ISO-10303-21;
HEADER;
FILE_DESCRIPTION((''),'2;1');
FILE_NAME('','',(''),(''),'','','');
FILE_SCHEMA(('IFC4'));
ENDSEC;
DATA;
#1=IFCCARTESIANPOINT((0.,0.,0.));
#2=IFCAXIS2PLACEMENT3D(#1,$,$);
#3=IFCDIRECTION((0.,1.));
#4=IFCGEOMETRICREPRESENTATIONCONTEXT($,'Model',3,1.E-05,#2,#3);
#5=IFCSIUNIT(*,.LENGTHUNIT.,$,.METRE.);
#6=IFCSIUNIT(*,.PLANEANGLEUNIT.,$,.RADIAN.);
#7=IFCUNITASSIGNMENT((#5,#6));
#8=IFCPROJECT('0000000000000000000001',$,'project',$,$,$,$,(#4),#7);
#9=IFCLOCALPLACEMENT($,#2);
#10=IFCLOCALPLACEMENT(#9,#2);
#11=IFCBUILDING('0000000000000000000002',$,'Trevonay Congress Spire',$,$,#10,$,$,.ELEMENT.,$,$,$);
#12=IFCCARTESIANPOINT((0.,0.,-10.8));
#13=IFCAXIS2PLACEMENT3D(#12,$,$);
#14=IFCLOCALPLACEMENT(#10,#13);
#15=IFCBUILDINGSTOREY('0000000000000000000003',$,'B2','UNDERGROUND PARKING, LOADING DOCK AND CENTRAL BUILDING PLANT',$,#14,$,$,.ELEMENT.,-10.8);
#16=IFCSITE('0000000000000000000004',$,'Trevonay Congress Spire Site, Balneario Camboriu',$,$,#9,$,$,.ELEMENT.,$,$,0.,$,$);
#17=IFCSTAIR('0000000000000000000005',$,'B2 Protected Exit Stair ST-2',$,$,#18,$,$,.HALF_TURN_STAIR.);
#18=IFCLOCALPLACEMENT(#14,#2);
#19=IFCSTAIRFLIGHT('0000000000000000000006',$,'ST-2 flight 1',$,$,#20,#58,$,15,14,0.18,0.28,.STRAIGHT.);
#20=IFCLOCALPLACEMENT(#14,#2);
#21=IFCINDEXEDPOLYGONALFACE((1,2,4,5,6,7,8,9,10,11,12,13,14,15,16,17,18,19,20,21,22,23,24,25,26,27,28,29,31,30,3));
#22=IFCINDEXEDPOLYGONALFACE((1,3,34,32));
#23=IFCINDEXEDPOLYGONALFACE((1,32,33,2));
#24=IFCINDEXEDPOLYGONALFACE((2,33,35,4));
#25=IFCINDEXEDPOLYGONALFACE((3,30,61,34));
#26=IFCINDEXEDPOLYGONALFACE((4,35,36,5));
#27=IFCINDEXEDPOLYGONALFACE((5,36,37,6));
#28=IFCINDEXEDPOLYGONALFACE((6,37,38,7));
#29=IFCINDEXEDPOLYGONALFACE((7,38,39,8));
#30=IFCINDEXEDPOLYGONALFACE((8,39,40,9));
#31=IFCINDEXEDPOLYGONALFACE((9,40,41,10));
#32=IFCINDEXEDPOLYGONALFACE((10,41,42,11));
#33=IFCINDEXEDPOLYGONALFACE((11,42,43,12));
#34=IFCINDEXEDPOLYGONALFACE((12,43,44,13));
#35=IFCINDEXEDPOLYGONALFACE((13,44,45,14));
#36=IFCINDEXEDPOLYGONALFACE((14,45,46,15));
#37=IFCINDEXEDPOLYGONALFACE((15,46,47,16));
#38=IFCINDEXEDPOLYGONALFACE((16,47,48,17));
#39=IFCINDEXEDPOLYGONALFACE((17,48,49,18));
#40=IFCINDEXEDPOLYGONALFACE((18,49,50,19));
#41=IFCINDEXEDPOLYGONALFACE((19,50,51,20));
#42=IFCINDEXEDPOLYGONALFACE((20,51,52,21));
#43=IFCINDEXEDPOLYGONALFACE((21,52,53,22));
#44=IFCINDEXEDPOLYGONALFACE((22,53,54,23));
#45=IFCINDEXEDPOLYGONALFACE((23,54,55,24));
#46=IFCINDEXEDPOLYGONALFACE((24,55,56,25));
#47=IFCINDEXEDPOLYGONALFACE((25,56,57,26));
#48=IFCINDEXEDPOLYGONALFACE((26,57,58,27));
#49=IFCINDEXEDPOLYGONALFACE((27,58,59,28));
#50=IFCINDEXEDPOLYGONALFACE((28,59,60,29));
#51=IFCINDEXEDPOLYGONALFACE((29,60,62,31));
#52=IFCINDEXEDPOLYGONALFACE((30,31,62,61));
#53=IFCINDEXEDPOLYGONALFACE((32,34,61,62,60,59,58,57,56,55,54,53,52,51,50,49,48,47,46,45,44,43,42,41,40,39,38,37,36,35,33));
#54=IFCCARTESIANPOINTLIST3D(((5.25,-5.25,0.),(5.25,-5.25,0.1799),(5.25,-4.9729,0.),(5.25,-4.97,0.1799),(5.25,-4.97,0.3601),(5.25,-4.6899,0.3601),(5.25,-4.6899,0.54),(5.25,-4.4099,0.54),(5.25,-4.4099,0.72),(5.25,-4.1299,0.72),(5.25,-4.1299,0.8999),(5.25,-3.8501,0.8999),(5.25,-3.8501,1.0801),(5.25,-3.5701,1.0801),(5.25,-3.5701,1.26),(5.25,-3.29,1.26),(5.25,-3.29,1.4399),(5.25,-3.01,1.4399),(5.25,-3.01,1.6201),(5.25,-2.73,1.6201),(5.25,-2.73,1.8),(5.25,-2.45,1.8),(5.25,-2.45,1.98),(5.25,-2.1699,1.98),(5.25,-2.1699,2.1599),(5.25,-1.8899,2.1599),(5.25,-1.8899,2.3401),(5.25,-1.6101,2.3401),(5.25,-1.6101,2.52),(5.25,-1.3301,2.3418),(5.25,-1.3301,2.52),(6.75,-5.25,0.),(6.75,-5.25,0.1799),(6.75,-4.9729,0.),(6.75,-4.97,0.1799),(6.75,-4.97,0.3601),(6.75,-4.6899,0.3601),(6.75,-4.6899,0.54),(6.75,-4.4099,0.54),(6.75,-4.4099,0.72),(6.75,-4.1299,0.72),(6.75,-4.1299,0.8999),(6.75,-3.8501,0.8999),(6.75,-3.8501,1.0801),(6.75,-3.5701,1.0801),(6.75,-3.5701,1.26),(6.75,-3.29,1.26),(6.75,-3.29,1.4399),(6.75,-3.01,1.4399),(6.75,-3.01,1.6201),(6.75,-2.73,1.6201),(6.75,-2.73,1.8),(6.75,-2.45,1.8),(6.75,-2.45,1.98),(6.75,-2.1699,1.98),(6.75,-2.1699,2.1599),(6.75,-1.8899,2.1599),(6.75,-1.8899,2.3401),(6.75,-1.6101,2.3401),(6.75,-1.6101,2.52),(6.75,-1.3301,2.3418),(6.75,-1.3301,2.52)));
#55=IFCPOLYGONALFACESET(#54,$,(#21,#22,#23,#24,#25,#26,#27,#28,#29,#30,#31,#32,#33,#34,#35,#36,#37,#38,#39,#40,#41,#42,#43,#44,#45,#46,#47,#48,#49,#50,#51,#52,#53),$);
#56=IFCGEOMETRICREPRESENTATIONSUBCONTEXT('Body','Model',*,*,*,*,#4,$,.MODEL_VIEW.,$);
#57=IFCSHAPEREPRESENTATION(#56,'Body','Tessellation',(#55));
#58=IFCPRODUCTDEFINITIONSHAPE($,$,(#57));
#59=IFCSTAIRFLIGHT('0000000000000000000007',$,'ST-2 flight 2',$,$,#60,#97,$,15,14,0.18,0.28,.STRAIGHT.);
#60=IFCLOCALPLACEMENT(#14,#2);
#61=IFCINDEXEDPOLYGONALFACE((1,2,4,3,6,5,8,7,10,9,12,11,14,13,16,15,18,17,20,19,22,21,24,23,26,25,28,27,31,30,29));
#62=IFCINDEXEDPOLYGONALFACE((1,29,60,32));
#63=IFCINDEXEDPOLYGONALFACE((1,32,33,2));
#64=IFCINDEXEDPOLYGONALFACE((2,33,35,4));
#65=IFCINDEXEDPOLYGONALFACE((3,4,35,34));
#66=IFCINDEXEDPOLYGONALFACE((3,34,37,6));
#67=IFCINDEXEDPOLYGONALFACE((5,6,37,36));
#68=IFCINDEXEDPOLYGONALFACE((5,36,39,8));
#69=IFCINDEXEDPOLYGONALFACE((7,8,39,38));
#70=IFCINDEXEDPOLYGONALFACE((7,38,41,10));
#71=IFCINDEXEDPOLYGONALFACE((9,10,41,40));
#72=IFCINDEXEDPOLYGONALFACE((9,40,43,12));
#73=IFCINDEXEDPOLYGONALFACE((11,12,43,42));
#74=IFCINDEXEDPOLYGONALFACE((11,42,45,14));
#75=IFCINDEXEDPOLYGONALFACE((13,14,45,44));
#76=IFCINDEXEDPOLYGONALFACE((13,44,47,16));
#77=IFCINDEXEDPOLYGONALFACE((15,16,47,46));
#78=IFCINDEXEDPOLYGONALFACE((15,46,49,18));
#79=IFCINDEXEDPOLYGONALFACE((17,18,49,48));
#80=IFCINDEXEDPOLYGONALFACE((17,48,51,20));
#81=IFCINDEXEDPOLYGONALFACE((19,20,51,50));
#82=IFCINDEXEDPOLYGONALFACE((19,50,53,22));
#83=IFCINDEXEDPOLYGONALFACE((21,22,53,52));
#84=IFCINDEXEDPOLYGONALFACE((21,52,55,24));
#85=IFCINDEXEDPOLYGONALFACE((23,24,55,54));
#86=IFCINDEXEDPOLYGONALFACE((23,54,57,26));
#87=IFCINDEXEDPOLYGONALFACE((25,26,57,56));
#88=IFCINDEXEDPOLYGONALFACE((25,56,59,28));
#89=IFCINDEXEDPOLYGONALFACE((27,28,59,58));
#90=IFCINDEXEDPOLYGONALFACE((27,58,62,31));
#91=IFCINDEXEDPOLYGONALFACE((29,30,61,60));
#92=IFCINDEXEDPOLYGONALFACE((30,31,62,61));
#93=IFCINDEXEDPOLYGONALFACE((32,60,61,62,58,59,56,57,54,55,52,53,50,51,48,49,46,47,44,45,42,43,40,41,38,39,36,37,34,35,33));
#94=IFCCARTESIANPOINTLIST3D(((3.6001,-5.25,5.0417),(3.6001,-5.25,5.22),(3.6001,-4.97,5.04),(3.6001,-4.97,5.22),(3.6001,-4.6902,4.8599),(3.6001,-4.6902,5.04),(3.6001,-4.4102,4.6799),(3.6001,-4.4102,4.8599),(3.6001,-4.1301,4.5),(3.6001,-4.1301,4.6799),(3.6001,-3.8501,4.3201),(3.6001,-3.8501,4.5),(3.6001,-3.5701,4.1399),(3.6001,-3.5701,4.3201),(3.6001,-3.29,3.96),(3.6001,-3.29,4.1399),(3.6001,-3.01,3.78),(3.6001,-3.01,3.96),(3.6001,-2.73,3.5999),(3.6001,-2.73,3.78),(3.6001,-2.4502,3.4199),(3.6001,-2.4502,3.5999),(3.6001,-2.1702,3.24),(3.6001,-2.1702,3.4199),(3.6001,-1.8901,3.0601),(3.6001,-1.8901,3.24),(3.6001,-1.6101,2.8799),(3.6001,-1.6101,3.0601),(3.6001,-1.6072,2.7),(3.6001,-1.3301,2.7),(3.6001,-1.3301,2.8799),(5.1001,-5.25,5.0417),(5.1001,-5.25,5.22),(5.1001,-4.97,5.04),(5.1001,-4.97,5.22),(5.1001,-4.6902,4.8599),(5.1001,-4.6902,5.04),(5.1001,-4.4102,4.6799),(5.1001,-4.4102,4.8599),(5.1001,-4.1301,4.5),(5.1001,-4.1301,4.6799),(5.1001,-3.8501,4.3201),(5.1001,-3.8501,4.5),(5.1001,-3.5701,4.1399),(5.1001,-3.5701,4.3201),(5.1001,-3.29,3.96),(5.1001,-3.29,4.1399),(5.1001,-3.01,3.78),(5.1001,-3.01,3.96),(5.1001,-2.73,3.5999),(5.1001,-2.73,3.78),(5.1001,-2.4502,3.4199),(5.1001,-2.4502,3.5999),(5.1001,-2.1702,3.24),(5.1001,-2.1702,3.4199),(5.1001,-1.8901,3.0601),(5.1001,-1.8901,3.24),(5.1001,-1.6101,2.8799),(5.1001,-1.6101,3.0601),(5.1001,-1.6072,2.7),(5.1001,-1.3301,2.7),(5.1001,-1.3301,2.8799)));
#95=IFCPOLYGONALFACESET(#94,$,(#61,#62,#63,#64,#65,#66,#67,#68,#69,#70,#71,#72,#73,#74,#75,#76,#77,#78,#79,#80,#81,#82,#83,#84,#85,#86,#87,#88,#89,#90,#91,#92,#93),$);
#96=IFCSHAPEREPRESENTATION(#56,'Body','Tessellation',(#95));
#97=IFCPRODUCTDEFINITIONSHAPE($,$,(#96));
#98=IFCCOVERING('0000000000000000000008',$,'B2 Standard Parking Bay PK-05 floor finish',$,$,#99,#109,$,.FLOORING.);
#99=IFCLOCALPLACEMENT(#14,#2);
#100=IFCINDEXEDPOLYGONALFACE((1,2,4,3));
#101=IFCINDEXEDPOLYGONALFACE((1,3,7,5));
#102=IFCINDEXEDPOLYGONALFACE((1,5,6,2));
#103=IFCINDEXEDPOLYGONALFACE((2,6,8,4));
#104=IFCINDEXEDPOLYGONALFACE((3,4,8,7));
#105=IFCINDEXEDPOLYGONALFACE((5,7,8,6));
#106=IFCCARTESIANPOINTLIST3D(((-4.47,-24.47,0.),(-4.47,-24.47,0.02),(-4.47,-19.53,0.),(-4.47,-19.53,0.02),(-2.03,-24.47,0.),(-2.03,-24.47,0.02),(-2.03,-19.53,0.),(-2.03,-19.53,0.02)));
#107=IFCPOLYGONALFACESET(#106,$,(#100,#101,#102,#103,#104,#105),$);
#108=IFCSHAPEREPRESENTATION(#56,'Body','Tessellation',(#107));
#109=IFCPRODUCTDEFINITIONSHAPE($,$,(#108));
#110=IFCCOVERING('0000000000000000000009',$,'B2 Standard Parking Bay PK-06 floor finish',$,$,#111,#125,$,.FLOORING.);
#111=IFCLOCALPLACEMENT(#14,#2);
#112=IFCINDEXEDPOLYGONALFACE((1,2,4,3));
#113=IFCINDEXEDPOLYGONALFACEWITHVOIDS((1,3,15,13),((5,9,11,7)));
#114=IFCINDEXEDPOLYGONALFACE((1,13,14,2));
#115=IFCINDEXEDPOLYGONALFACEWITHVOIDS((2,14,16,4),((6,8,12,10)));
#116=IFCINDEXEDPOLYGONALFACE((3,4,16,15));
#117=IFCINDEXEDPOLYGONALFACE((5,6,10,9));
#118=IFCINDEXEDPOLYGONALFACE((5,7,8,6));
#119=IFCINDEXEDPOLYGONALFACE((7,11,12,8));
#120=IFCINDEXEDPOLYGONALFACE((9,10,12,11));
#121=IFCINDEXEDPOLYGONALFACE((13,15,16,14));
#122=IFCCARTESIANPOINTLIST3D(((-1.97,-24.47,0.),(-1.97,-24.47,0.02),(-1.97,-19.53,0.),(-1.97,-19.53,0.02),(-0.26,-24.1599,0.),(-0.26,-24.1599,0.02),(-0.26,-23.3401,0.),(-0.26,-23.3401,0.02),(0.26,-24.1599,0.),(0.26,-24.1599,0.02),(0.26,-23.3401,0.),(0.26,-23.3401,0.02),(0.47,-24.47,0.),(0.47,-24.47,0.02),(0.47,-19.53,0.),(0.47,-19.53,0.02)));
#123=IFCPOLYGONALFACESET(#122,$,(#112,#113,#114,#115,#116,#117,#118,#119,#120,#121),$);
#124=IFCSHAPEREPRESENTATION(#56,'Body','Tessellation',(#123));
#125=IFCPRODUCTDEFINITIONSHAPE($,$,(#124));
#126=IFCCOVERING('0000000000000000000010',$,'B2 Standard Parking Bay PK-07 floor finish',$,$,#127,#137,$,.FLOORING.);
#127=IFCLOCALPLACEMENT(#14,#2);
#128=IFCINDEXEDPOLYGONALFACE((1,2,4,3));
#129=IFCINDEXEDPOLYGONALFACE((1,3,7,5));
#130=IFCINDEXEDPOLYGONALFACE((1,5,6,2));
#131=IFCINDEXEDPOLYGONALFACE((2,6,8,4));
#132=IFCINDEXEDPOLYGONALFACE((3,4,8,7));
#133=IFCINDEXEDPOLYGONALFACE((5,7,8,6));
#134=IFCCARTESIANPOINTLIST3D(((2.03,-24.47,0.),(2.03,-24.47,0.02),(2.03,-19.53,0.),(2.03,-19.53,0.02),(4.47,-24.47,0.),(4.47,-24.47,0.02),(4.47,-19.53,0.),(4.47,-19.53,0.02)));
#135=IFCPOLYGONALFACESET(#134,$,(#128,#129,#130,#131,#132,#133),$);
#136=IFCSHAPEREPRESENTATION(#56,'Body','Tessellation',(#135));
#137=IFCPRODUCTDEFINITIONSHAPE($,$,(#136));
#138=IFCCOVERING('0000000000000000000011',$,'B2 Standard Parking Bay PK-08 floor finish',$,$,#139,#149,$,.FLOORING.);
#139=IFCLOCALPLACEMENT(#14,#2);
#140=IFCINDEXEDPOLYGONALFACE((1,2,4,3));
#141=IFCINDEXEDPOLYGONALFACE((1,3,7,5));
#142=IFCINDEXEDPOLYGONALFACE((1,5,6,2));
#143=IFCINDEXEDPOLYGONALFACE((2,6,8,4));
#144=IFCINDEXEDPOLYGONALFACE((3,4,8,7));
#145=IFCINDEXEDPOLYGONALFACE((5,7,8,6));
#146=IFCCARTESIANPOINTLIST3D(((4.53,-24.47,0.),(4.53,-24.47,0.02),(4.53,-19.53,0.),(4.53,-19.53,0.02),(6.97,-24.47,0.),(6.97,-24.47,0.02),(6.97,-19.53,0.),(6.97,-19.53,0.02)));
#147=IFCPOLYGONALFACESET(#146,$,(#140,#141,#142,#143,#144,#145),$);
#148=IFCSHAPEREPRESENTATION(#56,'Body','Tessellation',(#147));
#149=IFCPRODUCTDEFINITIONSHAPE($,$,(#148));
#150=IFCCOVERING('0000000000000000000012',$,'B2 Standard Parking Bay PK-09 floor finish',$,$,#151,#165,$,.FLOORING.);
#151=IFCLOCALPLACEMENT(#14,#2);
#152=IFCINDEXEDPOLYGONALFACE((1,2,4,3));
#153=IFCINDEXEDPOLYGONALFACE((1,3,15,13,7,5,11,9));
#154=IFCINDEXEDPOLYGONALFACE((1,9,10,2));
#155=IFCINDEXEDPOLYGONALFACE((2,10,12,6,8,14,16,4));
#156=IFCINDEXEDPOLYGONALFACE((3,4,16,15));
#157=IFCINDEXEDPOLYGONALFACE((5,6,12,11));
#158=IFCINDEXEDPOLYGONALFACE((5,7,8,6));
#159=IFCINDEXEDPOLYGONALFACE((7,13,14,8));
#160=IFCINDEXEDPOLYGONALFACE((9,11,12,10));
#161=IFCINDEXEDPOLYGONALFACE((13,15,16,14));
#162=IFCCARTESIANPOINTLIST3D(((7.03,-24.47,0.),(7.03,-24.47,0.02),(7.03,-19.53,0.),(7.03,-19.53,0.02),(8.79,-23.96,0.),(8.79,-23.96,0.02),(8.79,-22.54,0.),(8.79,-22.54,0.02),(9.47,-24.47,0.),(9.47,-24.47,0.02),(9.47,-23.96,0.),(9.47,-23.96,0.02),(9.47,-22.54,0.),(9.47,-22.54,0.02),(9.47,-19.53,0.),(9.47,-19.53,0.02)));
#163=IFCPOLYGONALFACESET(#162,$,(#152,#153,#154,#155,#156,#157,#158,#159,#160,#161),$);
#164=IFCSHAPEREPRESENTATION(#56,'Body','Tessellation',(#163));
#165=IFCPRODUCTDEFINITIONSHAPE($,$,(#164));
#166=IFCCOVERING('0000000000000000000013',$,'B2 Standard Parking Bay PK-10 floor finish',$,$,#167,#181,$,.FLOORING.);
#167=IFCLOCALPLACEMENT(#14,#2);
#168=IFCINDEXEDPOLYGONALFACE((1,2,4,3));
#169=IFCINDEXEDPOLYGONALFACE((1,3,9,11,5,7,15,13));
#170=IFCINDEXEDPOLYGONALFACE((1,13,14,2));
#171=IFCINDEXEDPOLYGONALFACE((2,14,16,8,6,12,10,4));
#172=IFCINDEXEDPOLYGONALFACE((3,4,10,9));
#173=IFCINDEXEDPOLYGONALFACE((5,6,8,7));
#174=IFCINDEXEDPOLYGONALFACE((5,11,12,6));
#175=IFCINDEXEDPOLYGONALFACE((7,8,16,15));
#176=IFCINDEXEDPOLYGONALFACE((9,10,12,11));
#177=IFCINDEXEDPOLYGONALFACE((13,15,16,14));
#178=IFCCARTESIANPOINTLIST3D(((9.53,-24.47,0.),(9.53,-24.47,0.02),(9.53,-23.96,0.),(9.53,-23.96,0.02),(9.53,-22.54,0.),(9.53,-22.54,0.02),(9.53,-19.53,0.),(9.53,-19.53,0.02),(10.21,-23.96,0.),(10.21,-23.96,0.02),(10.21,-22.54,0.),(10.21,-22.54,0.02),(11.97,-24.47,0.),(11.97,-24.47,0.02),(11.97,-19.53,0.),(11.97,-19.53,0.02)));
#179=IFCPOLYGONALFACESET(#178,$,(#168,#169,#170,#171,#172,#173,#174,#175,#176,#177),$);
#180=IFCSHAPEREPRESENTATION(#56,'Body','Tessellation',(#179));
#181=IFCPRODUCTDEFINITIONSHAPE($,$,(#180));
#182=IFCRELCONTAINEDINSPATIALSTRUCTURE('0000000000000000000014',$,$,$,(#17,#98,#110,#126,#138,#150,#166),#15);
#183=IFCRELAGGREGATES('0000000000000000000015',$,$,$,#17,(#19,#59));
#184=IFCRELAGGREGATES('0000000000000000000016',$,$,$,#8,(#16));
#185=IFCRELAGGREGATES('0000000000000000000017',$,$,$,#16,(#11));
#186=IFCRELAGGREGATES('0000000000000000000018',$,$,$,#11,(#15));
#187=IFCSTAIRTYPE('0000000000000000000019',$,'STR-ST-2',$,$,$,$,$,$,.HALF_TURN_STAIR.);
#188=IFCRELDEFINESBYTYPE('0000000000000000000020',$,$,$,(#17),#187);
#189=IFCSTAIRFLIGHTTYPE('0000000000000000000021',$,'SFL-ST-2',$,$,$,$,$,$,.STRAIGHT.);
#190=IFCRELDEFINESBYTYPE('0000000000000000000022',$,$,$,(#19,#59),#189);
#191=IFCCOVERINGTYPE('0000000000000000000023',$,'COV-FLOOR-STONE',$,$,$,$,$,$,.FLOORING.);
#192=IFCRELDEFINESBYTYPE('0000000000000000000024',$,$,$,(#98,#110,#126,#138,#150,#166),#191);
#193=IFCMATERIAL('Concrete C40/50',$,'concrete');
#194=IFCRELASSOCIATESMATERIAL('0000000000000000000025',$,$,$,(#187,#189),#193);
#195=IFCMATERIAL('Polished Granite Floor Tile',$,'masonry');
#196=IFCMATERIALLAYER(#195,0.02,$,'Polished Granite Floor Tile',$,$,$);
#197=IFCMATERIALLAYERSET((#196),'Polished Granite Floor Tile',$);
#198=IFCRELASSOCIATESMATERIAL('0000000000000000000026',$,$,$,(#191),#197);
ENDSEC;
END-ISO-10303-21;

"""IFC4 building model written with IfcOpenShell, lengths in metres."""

from ifc_helpers import new_model, si_unit, direction, frame, origin, place, context, subcontext, project, spatial, polyline, outline, extrude, material, layer, layer_set, type_object, element, aggregate, save


model = new_model("IFC4")

# Units and contexts
model_context = context("Model", 3, precision=1e-05, world=origin(), true_north=direction((0.0, 1.0)))
body_context = subcontext(model_context, "Body", "Model", "MODEL_VIEW")
ifc_project = project(units=[si_unit("LENGTHUNIT", "METRE"), si_unit("PLANEANGLEUNIT", "RADIAN")], contexts=[model_context])

# Site, building, storey
site_placement = place(None, origin())
site = spatial("IfcSite", under=ifc_project, at=site_placement, Name="Trevonay Congress Spire Site, Balneario Camboriu", CompositionType="ELEMENT", RefElevation=0.0)
building_placement = place(site_placement, origin())
building = spatial("IfcBuilding", under=site, at=building_placement, Name="Trevonay Congress Spire", CompositionType="ELEMENT")
storey_placement = place(building_placement, frame((0.0, 0.0, -10.8)))
storey = spatial("IfcBuildingStorey", under=building, at=storey_placement, Name="B2", Description="UNDERGROUND PARKING, LOADING DOCK AND CENTRAL BUILDING PLANT", CompositionType="ELEMENT", Elevation=-10.8)

# Shared definitions
ifc_material_1 = material(Name="Concrete C40/50", Category="concrete")

# Stair, stair flights
stair_type = type_object("IfcStairType", Name="STR-ST-2", PredefinedType="HALF_TURN_STAIR", material=ifc_material_1)
stair_placement = place(storey_placement, origin())
stair = element("IfcStair", 1, at=stair_placement, inside=storey, type_object=stair_type, Name="B2 Protected Exit Stair ST-2", PredefinedType="HALF_TURN_STAIR")
stair_flight_type = type_object("IfcStairFlightType", Name="SFL-ST-2", PredefinedType="STRAIGHT", material=ifc_material_1)
stair_flight_1_placement = place(storey_placement, frame((6.0, -5.25, 0.0), z_axis=(0.0, 0.0, 1.0), x_axis=(0.0, 1.0, 0.0)))
stair_flight_1 = element("IfcStairFlight", 2, at=stair_flight_1_placement, type_object=stair_flight_type, Name="ST-2 flight 1", NumberOfRisers=15, NumberOfTreads=14, PredefinedType="STRAIGHT", RiserHeight=0.18, TreadLength=0.28, context=body_context, shape_type="SweptSolid", body=[
    extrude(outline(polyline([(0.0, 0.0), (0.0, 0.1799), (0.28, 0.1799), (0.28, 0.3601), (0.5601, 0.3601), (0.5601, 0.54), (0.8401, 0.54), (0.8401, 0.72), (1.1201, 0.72), (1.1201, 0.8999), (1.3999, 0.8999), (1.3999, 1.0801), (1.6799, 1.0801), (1.6799, 1.26), (1.96, 1.26), (1.96, 1.4399), (2.24, 1.4399), (2.24, 1.6201), (2.52, 1.6201), (2.52, 1.8), (2.8, 1.8), (2.8, 1.98), (3.0801, 1.98), (3.0801, 2.1599), (3.3601, 2.1599), (3.3601, 2.3401), (3.6399, 2.3401), (3.6399, 2.52), (3.9199, 2.52), (3.9199, 2.7), (3.9199, 2.3418), (0.2771, 0.0), (0.0, 0.0)])), frame((0.0, 0.75, 0.0), z_axis=(0.0, -1.0, 0.0), x_axis=(1.0, 0.0, 0.0)), (0.0, 0.0, 1.0), 1.5),
])
stair_flight_2_placement = place(storey_placement, frame((4.3501, -1.3301, 2.7), z_axis=(0.0, 0.0, 1.0), x_axis=(0.0, -1.0, 0.0)))
stair_flight_2 = element("IfcStairFlight", 3, at=stair_flight_2_placement, type_object=stair_flight_type, Name="ST-2 flight 2", NumberOfRisers=15, NumberOfTreads=14, PredefinedType="STRAIGHT", RiserHeight=0.18, TreadLength=0.28, context=body_context, shape_type="SweptSolid", body=[
    extrude(outline(polyline([(0.0, 0.0), (0.0, 0.1799), (0.28, 0.1799), (0.28, 0.3601), (0.5601, 0.3601), (0.5601, 0.54), (0.8401, 0.54), (0.8401, 0.72), (1.1201, 0.72), (1.1201, 0.8999), (1.3999, 0.8999), (1.3999, 1.0801), (1.6799, 1.0801), (1.6799, 1.26), (1.96, 1.26), (1.96, 1.4399), (2.24, 1.4399), (2.24, 1.6201), (2.52, 1.6201), (2.52, 1.8), (2.8, 1.8), (2.8, 1.98), (3.0801, 1.98), (3.0801, 2.1599), (3.3601, 2.1599), (3.3601, 2.3401), (3.6399, 2.3401), (3.6399, 2.52), (3.9199, 2.52), (3.9199, 2.7), (3.9199, 2.3418), (0.2771, 0.0), (0.0, 0.0)])), frame((0.0, 0.75, 0.0), z_axis=(0.0, -1.0, 0.0), x_axis=(1.0, 0.0, 0.0)), (0.0, 0.0, 1.0), 1.5),
])
aggregate(stair, [stair_flight_1, stair_flight_2])

# Coverings
ifc_material_2 = material(Name="Polished Granite Floor Tile", Category="masonry")
ifc_layer_1 = layer(ifc_material_2, 0.02, Name="Polished Granite Floor Tile")
ifc_layer_set_1 = layer_set([ifc_layer_1], Name="Polished Granite Floor Tile")
covering_type = type_object("IfcCoveringType", Name="COV-FLOOR-STONE", PredefinedType="FLOORING", material=ifc_layer_set_1)
covering_1_placement = place(storey_placement, origin())
element("IfcCovering", 4, at=covering_1_placement, inside=storey, type_object=covering_type, Name="B2 Standard Parking Bay PK-05 floor finish", PredefinedType="FLOORING", context=body_context, shape_type="SweptSolid", body=[
    extrude(outline(polyline([(-4.47, -24.47), (-2.03, -24.47), (-2.03, -19.53), (-4.47, -19.53), (-4.47, -24.47)])), origin(), (0.0, 0.0, 1.0), 0.02),
])
covering_2_placement = place(storey_placement, origin())
element("IfcCovering", 5, at=covering_2_placement, inside=storey, type_object=covering_type, Name="B2 Standard Parking Bay PK-06 floor finish", PredefinedType="FLOORING", context=body_context, shape_type="SweptSolid", body=[
    extrude(outline(polyline([(-1.97, -19.53), (0.47, -19.53), (0.47, -24.47), (-1.97, -24.47), (-1.97, -19.53)]), holes=[polyline([(0.26, -24.1599), (0.26, -23.3401), (-0.26, -23.3401), (-0.26, -24.1599), (0.26, -24.1599)])]), origin(), (0.0, 0.0, 1.0), 0.02),
])
covering_3_placement = place(storey_placement, origin())
element("IfcCovering", 6, at=covering_3_placement, inside=storey, type_object=covering_type, Name="B2 Standard Parking Bay PK-07 floor finish", PredefinedType="FLOORING", context=body_context, shape_type="SweptSolid", body=[
    extrude(outline(polyline([(2.03, -24.47), (4.47, -24.47), (4.47, -19.53), (2.03, -19.53), (2.03, -24.47)])), origin(), (0.0, 0.0, 1.0), 0.02),
])
covering_4_placement = place(storey_placement, origin())
element("IfcCovering", 7, at=covering_4_placement, inside=storey, type_object=covering_type, Name="B2 Standard Parking Bay PK-08 floor finish", PredefinedType="FLOORING", context=body_context, shape_type="SweptSolid", body=[
    extrude(outline(polyline([(4.53, -24.47), (6.97, -24.47), (6.97, -19.53), (4.53, -19.53), (4.53, -24.47)])), origin(), (0.0, 0.0, 1.0), 0.02),
])
covering_5_placement = place(storey_placement, origin())
element("IfcCovering", 8, at=covering_5_placement, inside=storey, type_object=covering_type, Name="B2 Standard Parking Bay PK-09 floor finish", PredefinedType="FLOORING", context=body_context, shape_type="SweptSolid", body=[
    extrude(outline(polyline([(9.47, -24.47), (7.03, -24.47), (7.03, -19.53), (9.47, -19.53), (9.47, -22.54), (8.79, -22.54), (8.79, -23.96), (9.47, -23.96), (9.47, -24.47)])), origin(), (0.0, 0.0, 1.0), 0.02),
])
covering_6_placement = place(storey_placement, origin())
element("IfcCovering", 9, at=covering_6_placement, inside=storey, type_object=covering_type, Name="B2 Standard Parking Bay PK-10 floor finish", PredefinedType="FLOORING", context=body_context, shape_type="SweptSolid", body=[
    extrude(outline(polyline([(9.53, -19.53), (11.97, -19.53), (11.97, -24.47), (9.53, -24.47), (9.53, -23.96), (10.21, -23.96), (10.21, -22.54), (9.53, -22.54), (9.53, -19.53)])), origin(), (0.0, 0.0, 1.0), 0.02),
])

save(model, "model.ifc")
